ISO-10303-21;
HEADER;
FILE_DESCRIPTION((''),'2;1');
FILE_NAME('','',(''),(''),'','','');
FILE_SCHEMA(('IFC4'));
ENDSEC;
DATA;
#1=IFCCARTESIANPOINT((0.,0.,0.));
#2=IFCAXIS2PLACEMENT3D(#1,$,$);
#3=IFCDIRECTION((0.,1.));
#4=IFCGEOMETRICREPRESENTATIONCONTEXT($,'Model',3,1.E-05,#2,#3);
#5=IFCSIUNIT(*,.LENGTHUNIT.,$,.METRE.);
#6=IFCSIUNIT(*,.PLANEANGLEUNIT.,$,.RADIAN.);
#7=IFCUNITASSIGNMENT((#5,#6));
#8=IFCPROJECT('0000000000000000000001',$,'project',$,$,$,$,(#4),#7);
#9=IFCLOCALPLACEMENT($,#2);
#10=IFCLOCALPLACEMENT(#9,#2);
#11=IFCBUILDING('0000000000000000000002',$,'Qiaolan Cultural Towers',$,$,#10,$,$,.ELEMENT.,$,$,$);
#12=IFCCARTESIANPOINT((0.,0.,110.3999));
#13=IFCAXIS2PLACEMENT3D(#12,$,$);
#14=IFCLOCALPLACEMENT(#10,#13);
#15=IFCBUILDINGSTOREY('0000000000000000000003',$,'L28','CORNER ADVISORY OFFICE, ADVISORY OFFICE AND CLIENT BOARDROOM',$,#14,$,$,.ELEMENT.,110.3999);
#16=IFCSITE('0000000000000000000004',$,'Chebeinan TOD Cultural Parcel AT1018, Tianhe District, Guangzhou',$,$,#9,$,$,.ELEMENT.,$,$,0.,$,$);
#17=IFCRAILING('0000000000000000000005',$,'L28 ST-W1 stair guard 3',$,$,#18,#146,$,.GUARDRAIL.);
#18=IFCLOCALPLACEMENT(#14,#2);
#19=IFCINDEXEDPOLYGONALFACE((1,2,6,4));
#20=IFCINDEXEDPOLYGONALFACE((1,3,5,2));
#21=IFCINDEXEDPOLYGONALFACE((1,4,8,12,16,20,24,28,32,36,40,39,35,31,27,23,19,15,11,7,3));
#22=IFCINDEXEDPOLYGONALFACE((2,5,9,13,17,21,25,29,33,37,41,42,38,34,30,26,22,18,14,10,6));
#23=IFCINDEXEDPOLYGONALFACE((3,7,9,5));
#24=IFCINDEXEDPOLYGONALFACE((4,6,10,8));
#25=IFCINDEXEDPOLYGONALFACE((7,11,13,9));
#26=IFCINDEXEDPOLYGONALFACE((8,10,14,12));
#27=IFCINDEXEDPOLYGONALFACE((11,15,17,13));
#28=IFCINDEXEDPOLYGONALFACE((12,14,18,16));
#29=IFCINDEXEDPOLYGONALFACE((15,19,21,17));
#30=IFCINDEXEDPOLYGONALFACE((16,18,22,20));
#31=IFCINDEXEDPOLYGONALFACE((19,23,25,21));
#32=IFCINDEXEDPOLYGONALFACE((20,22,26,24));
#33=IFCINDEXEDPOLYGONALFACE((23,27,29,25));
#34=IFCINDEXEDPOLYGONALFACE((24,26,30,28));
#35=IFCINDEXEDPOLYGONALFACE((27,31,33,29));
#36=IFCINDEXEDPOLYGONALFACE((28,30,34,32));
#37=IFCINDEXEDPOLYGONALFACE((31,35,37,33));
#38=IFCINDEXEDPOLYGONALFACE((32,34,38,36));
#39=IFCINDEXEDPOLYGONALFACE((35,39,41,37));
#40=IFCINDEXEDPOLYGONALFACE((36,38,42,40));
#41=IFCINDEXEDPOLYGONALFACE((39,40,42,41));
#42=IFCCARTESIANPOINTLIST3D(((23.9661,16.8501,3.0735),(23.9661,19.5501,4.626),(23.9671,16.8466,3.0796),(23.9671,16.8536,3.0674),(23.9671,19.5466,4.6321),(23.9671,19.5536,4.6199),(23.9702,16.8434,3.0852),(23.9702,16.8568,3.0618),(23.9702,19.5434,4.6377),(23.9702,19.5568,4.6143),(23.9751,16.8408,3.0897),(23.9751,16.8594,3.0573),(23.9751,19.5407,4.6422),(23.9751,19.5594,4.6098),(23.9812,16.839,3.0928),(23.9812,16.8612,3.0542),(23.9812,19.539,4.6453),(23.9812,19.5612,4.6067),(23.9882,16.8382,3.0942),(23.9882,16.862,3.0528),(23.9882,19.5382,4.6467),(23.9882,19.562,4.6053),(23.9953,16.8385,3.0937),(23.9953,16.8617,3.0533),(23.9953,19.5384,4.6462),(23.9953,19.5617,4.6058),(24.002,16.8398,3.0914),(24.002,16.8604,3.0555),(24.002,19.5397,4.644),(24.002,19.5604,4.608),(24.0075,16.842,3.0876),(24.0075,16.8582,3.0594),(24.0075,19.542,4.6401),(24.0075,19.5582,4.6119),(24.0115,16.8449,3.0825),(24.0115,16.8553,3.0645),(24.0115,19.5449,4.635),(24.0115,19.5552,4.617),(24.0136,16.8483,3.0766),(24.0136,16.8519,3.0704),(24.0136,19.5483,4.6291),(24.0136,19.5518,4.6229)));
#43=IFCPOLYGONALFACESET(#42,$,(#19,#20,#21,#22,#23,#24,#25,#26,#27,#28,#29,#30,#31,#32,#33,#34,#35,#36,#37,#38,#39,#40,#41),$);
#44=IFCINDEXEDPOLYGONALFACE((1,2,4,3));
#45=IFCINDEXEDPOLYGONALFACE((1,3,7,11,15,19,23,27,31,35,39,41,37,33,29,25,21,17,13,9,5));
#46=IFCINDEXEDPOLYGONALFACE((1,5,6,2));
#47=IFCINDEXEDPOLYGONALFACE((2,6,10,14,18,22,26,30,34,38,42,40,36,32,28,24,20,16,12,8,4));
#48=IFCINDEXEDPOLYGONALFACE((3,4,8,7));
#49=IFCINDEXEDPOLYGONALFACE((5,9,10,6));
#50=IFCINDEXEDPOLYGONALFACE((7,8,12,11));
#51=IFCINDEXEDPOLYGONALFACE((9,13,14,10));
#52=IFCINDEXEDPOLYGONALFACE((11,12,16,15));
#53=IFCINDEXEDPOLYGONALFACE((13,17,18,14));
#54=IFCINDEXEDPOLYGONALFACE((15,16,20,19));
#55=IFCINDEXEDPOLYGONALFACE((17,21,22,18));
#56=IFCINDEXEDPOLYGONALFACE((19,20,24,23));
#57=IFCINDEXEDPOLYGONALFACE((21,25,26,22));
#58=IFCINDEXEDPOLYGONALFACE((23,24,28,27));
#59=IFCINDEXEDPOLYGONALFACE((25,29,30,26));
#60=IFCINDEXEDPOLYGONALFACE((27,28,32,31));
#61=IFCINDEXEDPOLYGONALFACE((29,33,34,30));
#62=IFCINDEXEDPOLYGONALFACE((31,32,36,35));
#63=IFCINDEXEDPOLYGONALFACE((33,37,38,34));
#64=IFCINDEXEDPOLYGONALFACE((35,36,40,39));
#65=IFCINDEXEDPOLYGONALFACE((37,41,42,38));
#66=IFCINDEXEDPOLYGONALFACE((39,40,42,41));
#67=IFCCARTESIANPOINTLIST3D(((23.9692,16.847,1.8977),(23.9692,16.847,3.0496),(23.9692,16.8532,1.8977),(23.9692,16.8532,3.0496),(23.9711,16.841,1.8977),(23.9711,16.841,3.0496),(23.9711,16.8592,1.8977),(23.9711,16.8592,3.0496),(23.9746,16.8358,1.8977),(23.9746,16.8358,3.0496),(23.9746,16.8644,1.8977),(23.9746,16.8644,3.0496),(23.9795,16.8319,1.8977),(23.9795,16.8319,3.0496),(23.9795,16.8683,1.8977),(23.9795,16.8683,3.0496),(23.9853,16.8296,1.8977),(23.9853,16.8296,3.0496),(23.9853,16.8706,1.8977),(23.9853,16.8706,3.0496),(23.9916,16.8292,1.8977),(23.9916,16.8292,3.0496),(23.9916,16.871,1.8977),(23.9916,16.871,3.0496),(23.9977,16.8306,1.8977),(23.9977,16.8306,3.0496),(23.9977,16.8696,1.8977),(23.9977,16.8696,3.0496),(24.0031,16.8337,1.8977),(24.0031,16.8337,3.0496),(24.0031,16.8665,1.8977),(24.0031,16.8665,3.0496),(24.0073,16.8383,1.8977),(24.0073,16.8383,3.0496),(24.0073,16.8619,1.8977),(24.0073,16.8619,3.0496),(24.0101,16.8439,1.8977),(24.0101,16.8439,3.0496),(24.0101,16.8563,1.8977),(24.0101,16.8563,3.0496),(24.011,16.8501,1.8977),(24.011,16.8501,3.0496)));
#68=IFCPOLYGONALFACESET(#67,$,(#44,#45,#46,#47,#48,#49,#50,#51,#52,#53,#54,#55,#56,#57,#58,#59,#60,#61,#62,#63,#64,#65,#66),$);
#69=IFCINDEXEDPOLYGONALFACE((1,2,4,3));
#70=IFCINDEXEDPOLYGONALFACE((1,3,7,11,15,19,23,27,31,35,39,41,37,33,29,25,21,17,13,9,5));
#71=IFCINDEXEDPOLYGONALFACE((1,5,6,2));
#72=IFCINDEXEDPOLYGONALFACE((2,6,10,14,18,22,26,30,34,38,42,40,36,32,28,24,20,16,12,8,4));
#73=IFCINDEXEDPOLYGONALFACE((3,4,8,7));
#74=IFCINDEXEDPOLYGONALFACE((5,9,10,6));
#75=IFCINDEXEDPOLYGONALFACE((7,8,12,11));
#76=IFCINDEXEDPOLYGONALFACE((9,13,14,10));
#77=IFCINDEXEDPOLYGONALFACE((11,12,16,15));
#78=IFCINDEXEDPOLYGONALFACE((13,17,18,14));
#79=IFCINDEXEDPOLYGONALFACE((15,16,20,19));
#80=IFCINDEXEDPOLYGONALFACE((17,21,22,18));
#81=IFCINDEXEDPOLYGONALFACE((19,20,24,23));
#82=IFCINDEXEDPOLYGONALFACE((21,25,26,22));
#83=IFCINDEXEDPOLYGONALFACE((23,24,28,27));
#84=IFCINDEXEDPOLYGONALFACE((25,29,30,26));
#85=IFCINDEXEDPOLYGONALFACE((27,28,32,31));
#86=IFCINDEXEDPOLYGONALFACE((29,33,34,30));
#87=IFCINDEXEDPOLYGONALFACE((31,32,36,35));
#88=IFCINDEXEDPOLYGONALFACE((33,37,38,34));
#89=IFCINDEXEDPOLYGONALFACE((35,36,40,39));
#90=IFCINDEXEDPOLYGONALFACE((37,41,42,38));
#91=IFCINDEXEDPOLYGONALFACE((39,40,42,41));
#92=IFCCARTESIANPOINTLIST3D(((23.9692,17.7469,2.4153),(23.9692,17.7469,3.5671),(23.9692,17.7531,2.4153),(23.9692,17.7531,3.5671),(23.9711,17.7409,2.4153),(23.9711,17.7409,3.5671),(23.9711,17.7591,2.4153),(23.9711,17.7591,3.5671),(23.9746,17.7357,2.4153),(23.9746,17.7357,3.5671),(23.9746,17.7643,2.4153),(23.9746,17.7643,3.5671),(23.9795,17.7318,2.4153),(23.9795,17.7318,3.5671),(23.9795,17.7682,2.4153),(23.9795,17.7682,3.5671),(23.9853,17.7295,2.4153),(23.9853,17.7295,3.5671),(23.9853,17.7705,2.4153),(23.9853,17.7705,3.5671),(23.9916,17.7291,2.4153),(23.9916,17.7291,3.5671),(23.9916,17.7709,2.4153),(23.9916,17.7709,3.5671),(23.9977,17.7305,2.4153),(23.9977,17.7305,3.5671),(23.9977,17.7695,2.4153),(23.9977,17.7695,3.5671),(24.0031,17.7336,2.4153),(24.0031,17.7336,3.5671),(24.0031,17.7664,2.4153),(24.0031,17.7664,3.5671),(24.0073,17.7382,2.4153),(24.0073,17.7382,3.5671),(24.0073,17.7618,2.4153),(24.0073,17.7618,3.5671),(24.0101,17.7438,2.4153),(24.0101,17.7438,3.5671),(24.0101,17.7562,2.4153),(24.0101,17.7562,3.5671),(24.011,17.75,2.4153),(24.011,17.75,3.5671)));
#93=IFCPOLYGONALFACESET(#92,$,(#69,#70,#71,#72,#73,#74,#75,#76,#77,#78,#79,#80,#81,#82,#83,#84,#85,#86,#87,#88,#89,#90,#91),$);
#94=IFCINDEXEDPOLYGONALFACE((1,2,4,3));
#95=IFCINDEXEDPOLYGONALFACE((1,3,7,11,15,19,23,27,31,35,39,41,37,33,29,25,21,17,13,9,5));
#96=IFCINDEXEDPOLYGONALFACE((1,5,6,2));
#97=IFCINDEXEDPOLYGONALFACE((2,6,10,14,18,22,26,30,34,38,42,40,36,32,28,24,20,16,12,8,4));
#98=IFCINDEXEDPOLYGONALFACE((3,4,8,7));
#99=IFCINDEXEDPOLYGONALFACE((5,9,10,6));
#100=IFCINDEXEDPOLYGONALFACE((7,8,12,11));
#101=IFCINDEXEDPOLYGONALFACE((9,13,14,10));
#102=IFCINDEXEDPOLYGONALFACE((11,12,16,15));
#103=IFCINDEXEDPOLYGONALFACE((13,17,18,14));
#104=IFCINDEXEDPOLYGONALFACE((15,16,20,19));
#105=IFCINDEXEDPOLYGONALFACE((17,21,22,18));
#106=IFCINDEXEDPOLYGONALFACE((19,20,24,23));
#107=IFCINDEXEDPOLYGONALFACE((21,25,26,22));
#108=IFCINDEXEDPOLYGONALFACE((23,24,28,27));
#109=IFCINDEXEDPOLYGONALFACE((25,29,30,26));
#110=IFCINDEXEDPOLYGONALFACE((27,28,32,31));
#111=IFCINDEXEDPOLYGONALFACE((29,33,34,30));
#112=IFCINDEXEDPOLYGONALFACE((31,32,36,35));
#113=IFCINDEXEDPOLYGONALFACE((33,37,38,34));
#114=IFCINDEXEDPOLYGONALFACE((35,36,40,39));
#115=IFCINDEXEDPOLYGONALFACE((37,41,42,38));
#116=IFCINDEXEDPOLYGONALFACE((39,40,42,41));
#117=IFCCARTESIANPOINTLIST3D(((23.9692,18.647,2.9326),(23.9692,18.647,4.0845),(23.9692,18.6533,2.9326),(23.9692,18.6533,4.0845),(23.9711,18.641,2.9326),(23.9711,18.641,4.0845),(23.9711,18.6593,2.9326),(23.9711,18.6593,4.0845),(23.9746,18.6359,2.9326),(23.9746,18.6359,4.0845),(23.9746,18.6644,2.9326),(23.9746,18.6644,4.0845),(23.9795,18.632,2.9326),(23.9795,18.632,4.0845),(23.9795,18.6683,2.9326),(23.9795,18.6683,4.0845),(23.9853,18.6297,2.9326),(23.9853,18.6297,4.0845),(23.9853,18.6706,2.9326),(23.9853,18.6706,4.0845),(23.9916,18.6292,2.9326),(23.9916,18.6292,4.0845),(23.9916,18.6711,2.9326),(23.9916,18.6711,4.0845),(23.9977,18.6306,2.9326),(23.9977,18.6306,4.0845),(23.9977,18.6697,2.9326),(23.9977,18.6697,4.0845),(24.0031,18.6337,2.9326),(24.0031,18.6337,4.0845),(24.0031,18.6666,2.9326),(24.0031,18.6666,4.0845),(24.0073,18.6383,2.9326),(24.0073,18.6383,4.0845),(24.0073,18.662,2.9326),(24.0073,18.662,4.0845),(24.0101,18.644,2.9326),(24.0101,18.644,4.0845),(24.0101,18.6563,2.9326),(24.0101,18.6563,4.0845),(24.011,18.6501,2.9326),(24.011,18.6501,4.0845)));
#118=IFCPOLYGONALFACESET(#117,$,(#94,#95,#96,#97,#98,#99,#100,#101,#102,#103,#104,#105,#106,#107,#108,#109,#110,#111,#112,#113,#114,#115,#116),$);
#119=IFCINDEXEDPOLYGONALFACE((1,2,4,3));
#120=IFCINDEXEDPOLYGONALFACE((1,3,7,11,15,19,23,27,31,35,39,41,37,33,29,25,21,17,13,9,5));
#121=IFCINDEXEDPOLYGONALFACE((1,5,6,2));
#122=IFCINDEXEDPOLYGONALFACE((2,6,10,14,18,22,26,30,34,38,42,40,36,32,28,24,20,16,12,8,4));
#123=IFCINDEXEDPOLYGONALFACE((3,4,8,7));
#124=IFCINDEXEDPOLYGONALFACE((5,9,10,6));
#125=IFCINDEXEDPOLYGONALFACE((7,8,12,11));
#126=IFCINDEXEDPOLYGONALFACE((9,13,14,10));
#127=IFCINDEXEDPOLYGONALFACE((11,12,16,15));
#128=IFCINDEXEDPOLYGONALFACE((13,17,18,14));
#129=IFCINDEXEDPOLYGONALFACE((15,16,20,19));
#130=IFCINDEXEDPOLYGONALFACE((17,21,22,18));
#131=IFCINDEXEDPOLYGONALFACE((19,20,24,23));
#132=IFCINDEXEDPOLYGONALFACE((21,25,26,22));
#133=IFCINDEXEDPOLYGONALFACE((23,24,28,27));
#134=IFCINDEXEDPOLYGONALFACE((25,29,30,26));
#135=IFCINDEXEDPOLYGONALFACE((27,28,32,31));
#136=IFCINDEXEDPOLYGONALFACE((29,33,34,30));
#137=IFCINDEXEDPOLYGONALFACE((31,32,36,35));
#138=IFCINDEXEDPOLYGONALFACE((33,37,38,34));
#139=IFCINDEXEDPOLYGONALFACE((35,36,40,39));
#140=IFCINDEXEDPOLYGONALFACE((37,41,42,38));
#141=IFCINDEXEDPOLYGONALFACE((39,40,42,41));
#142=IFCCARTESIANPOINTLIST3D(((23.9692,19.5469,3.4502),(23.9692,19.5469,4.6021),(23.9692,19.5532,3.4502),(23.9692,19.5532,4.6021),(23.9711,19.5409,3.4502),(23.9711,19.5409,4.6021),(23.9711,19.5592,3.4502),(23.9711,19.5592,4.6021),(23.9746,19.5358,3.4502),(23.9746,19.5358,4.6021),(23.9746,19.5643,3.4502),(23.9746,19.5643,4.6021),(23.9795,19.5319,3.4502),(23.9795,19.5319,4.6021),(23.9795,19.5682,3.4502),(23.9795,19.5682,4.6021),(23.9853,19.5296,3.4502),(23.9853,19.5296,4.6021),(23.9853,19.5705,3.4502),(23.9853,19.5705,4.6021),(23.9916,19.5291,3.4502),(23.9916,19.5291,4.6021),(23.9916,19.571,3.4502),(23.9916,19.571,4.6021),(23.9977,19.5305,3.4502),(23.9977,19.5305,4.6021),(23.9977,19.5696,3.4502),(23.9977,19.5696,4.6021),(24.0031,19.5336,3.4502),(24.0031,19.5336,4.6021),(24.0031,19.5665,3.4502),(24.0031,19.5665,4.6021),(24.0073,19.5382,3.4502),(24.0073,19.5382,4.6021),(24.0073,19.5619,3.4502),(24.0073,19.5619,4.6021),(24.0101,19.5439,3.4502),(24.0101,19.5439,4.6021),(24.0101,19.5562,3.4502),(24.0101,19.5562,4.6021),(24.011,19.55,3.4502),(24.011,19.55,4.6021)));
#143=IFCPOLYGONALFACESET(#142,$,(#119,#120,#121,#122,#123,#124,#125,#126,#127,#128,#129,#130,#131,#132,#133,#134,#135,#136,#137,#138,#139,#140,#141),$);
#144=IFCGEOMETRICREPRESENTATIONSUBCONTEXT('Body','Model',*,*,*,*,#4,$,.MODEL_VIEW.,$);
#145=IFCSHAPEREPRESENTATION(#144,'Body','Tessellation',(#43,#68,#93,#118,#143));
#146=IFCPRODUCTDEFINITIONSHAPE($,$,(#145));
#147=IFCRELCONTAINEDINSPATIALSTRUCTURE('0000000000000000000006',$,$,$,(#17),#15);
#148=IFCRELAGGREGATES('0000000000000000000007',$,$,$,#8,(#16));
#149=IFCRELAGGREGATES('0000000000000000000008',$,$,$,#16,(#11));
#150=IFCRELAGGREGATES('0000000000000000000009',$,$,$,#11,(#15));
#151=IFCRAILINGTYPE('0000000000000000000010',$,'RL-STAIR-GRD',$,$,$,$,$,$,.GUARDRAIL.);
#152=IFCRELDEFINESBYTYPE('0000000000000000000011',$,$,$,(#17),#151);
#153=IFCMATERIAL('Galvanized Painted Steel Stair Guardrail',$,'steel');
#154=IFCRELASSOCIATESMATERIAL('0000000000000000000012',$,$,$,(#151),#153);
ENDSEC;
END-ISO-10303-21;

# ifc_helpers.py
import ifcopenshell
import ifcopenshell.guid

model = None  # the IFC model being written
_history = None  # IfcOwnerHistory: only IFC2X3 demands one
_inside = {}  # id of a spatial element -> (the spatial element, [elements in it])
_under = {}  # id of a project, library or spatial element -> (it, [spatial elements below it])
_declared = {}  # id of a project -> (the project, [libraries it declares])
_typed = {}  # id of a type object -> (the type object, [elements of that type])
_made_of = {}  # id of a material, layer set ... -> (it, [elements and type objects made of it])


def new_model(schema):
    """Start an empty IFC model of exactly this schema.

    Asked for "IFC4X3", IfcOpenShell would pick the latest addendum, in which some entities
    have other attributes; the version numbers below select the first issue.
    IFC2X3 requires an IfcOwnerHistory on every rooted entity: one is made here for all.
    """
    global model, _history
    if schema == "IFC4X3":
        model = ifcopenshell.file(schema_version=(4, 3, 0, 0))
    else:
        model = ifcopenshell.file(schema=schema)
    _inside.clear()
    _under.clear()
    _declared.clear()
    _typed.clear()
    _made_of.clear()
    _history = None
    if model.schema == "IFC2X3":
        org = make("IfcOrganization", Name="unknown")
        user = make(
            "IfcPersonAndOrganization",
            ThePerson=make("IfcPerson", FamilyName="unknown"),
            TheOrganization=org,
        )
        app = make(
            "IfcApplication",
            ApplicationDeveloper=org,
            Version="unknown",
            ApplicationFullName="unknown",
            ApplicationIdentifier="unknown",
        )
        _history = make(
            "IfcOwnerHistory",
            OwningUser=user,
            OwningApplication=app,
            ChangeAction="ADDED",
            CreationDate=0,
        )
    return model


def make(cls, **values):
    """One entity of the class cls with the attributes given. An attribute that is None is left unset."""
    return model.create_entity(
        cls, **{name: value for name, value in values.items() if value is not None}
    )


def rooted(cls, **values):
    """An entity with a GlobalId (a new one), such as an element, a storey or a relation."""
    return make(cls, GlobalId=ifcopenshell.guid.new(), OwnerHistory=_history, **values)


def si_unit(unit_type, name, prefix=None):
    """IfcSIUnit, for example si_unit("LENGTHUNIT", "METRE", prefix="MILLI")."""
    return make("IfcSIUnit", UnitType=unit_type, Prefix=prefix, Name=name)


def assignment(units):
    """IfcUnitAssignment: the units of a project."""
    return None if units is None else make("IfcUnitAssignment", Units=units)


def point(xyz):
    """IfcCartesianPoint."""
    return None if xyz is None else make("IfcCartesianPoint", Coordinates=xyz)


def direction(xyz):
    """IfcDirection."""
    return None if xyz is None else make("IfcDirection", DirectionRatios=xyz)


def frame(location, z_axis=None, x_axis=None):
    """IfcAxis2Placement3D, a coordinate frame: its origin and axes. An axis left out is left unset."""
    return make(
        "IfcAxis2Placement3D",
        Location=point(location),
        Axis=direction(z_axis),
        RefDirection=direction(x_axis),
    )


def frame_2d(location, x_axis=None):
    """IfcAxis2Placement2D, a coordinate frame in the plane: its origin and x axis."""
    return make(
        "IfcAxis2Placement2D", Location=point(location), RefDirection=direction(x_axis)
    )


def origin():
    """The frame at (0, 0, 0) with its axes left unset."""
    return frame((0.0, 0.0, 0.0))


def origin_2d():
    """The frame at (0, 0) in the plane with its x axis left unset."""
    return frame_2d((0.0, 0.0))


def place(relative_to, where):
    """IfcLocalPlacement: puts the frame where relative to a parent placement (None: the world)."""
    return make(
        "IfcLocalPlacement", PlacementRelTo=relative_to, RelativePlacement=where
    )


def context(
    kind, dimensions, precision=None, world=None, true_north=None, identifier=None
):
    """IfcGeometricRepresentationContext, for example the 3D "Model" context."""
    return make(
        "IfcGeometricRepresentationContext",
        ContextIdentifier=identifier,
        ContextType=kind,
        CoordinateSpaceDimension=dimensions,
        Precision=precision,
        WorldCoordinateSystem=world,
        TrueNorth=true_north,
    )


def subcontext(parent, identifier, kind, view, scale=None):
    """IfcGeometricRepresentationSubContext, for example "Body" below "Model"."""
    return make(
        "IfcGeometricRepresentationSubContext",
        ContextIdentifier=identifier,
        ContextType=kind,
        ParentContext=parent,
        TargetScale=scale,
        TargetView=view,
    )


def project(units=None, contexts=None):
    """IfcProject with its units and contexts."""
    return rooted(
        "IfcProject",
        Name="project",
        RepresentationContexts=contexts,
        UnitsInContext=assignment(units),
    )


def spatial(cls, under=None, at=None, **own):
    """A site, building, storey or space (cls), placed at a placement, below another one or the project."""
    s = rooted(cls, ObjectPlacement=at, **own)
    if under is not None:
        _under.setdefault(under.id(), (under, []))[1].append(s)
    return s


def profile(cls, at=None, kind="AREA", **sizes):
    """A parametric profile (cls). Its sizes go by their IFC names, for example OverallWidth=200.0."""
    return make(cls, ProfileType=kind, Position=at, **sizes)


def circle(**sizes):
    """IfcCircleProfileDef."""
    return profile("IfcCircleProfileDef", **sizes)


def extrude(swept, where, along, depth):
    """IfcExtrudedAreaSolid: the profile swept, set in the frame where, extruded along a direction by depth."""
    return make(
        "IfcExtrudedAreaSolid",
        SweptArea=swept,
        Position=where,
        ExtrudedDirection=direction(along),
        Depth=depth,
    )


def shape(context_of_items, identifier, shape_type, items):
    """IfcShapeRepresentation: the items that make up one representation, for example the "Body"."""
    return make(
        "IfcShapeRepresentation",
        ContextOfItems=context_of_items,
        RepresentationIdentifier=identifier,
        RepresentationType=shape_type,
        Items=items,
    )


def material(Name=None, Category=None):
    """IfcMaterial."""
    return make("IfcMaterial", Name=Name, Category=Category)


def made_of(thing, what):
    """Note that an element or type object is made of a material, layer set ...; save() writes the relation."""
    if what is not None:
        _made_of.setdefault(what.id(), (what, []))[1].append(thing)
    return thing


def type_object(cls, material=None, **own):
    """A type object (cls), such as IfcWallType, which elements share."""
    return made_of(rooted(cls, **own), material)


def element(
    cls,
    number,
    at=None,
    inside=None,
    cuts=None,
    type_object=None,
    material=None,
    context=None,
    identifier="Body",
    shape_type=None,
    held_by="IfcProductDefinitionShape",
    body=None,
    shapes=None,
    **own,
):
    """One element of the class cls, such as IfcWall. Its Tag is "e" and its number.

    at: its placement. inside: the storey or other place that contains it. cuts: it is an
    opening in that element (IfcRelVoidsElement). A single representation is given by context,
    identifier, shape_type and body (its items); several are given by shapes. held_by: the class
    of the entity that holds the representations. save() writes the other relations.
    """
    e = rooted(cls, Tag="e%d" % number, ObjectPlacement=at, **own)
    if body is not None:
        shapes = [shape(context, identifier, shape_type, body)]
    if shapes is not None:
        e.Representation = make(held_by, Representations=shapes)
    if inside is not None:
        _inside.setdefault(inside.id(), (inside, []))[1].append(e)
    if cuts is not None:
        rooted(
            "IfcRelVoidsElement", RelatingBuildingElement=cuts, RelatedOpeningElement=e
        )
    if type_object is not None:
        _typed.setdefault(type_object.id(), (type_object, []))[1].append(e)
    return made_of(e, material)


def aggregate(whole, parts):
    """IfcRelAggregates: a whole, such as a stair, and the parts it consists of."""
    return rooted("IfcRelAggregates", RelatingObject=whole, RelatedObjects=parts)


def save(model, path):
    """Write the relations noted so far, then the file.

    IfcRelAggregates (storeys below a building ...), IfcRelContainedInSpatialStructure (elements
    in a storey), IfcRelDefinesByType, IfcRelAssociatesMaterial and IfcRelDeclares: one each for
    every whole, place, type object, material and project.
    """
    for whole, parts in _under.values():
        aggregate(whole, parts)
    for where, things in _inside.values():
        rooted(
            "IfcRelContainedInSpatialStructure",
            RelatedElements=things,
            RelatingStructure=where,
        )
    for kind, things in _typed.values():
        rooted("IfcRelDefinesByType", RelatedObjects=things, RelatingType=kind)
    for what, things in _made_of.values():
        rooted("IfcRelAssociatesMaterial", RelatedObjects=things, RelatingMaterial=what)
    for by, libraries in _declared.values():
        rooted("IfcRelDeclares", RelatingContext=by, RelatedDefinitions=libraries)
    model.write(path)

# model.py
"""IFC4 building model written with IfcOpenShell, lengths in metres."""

from ifc_helpers import new_model, si_unit, direction, frame, origin, origin_2d, place, context, subcontext, project, spatial, circle, extrude, material, type_object, element, save


model = new_model("IFC4")

# Units and contexts
model_context = context("Model", 3, precision=1e-05, world=origin(), true_north=direction((0.0, 1.0)))
body_context = subcontext(model_context, "Body", "Model", "MODEL_VIEW")
ifc_project = project(units=[si_unit("LENGTHUNIT", "METRE"), si_unit("PLANEANGLEUNIT", "RADIAN")], contexts=[model_context])

# Site, building, storey
site_placement = place(None, origin())
site = spatial("IfcSite", under=ifc_project, at=site_placement, Name="Chebeinan TOD Cultural Parcel AT1018, Tianhe District, Guangzhou", CompositionType="ELEMENT", RefElevation=0.0)
building_placement = place(site_placement, origin())
building = spatial("IfcBuilding", under=site, at=building_placement, Name="Qiaolan Cultural Towers", CompositionType="ELEMENT")
storey_placement = place(building_placement, frame((0.0, 0.0, 110.3999)))
storey = spatial("IfcBuildingStorey", under=building, at=storey_placement, Name="L28", Description="CORNER ADVISORY OFFICE, ADVISORY OFFICE AND CLIENT BOARDROOM", CompositionType="ELEMENT", Elevation=110.3999)

# Railing
ifc_material_1 = material(Name="Galvanized Painted Steel Stair Guardrail", Category="steel")
railing_type_1 = type_object("IfcRailingType", Name="RL-STAIR-GRD", PredefinedType="GUARDRAIL", material=ifc_material_1)
railing_1_placement = place(storey_placement, frame((23.99, 16.8501, 1.8977)))
element("IfcRailing", 1, at=railing_1_placement, inside=storey, type_object=railing_type_1, Name="L28 ST-W1 stair guard 3", PredefinedType="GUARDRAIL", context=body_context, shape_type="SweptSolid", body=[
    extrude(circle(Radius=0.0239, at=origin_2d()), frame((0.0, 0.0, 1.1758), z_axis=(0.0, 0.866904, 0.498476), x_axis=(-1.0, 0.0, 0.0)), (0.0, 0.0, 1.0), 3.1145),
    extrude(circle(Radius=0.021, at=origin_2d()), origin(), (0.0, 0.0, 1.0), 1.1519),
    extrude(circle(Radius=0.021, at=origin_2d()), frame((0.0, 0.8999, 0.5176)), (0.0, 0.0, 1.0), 1.1519),
    extrude(circle(Radius=0.021, at=origin_2d()), frame((0.0, 1.8, 1.0349)), (0.0, 0.0, 1.0), 1.1519),
    extrude(circle(Radius=0.021, at=origin_2d()), frame((0.0, 2.7, 1.5525)), (0.0, 0.0, 1.0), 1.1519),
])

save(model, "model.ifc")
